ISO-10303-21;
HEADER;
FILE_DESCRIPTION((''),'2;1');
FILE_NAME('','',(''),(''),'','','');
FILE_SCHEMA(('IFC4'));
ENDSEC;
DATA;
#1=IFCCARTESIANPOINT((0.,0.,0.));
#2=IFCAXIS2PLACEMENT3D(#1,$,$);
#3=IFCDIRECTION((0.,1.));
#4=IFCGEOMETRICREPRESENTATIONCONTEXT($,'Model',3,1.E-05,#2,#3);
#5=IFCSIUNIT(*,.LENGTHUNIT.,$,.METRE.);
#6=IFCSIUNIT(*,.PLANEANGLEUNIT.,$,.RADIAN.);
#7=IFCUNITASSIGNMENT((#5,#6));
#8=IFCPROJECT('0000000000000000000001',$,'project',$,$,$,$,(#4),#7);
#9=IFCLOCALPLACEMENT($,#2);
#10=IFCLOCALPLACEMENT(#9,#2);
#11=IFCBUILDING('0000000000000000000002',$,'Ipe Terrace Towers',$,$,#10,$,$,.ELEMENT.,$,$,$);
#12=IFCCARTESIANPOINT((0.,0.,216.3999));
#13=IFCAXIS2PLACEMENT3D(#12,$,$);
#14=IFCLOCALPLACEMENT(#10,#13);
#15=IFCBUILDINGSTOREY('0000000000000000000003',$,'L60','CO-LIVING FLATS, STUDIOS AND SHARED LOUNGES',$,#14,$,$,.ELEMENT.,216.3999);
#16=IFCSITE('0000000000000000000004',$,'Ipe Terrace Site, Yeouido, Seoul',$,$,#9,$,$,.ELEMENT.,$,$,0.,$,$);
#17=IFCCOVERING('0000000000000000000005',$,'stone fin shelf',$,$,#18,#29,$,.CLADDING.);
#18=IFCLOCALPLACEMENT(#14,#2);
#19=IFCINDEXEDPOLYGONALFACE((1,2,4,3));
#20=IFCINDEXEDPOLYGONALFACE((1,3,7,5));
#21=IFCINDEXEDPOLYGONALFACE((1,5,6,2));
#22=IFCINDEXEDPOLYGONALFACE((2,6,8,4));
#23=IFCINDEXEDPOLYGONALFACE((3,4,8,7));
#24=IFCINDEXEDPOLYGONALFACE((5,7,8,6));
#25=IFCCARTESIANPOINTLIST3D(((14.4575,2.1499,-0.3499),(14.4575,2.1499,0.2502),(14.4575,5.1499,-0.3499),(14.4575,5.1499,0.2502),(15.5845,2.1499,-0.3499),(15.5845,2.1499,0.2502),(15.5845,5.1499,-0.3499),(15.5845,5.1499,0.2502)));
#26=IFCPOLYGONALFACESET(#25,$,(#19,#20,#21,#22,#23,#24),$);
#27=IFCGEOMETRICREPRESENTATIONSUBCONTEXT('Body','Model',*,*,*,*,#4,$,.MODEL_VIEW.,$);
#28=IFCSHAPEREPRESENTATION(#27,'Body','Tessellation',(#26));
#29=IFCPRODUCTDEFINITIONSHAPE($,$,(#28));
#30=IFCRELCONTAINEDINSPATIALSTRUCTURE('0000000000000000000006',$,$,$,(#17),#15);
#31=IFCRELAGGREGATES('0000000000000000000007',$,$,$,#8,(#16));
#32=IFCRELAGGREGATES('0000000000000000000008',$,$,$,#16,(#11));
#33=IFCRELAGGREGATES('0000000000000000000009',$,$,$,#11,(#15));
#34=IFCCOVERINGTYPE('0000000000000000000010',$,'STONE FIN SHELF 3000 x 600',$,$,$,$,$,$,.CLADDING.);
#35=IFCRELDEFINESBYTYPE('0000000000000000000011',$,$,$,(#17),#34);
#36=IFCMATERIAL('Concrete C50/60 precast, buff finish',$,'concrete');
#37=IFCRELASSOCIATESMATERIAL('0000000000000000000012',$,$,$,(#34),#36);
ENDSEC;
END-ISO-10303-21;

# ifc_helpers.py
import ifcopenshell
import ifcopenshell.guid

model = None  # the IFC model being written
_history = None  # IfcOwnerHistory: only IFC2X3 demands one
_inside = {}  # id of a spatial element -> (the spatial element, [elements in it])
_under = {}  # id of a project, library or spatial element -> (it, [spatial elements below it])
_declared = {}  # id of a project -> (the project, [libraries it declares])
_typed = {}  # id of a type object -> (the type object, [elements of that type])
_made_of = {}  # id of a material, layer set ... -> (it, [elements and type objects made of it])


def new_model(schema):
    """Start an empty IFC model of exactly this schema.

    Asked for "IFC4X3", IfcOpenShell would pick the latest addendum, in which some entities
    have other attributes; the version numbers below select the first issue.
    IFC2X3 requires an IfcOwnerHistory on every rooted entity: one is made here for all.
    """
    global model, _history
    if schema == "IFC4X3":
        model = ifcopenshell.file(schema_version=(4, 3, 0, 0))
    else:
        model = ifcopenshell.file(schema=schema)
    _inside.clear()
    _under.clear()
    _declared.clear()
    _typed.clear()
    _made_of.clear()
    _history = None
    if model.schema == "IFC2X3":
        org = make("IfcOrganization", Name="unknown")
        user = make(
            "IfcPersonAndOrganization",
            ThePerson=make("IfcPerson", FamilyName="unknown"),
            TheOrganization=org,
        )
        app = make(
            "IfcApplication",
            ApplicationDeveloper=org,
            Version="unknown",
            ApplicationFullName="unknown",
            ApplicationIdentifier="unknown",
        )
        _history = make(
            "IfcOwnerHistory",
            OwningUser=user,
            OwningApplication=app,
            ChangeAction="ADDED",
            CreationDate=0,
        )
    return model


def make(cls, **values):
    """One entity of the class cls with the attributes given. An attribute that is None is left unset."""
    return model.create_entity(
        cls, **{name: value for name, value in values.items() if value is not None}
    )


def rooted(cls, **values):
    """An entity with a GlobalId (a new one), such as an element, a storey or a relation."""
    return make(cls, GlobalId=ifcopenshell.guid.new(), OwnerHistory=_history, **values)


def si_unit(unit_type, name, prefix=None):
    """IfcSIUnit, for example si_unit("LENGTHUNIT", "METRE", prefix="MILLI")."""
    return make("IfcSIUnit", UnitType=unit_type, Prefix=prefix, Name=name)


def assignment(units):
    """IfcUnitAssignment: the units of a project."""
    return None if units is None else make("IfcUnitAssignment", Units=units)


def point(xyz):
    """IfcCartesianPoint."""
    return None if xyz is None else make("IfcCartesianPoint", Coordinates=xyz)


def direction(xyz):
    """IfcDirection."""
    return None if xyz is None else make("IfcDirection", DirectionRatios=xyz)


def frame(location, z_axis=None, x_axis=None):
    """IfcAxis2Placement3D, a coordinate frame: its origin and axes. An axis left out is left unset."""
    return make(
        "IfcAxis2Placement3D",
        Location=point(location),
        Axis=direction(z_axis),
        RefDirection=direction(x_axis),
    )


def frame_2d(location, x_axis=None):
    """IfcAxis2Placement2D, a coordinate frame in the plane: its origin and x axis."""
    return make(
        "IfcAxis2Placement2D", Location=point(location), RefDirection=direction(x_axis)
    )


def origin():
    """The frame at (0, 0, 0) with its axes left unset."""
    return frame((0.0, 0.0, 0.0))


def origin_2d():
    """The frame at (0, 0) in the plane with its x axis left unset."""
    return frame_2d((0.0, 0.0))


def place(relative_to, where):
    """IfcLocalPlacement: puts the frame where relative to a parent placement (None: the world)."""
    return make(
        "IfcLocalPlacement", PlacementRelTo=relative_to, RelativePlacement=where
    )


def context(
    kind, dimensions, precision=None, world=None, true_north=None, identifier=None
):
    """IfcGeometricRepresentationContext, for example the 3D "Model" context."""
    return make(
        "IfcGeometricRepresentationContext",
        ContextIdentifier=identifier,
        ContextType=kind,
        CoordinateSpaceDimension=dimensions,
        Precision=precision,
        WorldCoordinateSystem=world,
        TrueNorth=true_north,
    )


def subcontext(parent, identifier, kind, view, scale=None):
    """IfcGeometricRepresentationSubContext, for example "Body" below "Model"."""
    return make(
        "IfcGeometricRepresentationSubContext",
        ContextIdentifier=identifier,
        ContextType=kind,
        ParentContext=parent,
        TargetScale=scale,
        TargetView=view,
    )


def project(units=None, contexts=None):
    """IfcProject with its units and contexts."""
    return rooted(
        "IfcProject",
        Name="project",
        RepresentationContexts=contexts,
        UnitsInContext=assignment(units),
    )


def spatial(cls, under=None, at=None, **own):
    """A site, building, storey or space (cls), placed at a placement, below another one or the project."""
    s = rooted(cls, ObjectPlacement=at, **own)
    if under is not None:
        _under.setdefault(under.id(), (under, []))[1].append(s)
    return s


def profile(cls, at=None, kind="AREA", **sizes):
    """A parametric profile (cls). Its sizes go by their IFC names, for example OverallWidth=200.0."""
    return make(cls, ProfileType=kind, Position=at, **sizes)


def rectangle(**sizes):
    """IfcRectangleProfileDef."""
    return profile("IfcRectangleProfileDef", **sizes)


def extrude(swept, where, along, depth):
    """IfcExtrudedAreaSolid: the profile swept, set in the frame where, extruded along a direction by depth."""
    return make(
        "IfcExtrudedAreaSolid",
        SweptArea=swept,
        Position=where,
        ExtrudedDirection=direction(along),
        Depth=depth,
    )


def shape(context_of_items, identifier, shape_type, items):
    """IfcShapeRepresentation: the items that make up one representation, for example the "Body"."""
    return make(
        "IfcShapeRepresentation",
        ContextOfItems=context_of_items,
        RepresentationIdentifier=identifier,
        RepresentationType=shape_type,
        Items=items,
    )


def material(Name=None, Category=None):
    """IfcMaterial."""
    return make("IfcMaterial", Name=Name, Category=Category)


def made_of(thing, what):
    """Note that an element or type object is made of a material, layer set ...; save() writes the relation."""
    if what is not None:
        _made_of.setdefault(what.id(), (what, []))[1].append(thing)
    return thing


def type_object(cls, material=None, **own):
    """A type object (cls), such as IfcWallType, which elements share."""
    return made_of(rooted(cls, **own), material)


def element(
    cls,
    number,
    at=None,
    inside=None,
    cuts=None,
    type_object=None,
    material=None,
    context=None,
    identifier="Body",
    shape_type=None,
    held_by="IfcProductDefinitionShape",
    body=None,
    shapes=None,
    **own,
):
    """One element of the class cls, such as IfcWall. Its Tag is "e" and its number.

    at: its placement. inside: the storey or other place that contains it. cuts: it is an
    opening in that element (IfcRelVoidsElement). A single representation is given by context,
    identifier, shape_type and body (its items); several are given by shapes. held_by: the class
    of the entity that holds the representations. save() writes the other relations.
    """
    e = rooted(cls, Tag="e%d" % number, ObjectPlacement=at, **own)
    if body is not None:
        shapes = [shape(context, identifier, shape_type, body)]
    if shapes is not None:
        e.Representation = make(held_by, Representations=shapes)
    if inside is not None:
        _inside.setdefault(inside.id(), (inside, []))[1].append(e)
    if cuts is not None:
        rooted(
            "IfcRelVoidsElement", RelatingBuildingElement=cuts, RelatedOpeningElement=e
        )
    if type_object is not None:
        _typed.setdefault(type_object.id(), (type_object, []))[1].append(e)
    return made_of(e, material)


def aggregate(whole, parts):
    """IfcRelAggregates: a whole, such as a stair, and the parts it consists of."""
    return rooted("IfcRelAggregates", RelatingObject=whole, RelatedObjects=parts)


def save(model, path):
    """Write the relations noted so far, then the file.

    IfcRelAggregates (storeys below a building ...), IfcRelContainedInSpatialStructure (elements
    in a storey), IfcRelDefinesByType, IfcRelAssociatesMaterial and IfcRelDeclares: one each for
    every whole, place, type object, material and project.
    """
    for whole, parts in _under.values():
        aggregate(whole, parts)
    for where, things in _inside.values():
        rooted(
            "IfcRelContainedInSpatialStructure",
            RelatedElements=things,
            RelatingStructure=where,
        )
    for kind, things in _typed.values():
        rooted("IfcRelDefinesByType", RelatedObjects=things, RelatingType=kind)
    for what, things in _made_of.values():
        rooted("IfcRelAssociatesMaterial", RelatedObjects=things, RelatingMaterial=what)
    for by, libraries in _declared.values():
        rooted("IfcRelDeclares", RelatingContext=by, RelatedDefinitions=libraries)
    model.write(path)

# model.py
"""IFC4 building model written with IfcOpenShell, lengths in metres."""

from ifc_helpers import new_model, si_unit, direction, frame, origin, origin_2d, place, context, subcontext, project, spatial, rectangle, extrude, material, type_object, element, save


model = new_model("IFC4")

# Units and contexts
model_context = context("Model", 3, precision=1e-05, world=origin(), true_north=direction((0.0, 1.0)))
body_context = subcontext(model_context, "Body", "Model", "MODEL_VIEW")
ifc_project = project(units=[si_unit("LENGTHUNIT", "METRE"), si_unit("PLANEANGLEUNIT", "RADIAN")], contexts=[model_context])

# Site, building, storey
site_placement = place(None, origin())
site = spatial("IfcSite", under=ifc_project, at=site_placement, Name="Ipe Terrace Site, Yeouido, Seoul", CompositionType="ELEMENT", RefElevation=0.0)
building_placement = place(site_placement, origin())
building = spatial("IfcBuilding", under=site, at=building_placement, Name="Ipe Terrace Towers", CompositionType="ELEMENT")
storey_placement = place(building_placement, frame((0.0, 0.0, 216.3999)))
storey = spatial("IfcBuildingStorey", under=building, at=storey_placement, Name="L60", Description="CO-LIVING FLATS, STUDIOS AND SHARED LOUNGES", CompositionType="ELEMENT", Elevation=216.3999)

# Covering
ifc_material_1 = material(Name="Concrete C50/60 precast, buff finish", Category="concrete")
covering_type_1 = type_object("IfcCoveringType", Name="STONE FIN SHELF 3000 x 600", PredefinedType="CLADDING", material=ifc_material_1)
for number, where, z_axis, x_axis, name in (
    (1, (15.021, 3.6499, -0.3499), (0.0, 0.0, 1.0), (0.0, -1.0, 0.0), "stone fin shelf"),
):
    element("IfcCovering", number, at=place(storey_placement, frame(where, z_axis=z_axis, x_axis=x_axis)), inside=storey, type_object=covering_type_1, Name=name, PredefinedType="CLADDING", context=body_context, shape_type="SweptSolid", body=[
        extrude(rectangle(XDim=3.0, YDim=1.127, at=origin_2d()), origin(), (0.0, 0.0, 1.0), 0.6001),
    ])

save(model, "model.ifc")
